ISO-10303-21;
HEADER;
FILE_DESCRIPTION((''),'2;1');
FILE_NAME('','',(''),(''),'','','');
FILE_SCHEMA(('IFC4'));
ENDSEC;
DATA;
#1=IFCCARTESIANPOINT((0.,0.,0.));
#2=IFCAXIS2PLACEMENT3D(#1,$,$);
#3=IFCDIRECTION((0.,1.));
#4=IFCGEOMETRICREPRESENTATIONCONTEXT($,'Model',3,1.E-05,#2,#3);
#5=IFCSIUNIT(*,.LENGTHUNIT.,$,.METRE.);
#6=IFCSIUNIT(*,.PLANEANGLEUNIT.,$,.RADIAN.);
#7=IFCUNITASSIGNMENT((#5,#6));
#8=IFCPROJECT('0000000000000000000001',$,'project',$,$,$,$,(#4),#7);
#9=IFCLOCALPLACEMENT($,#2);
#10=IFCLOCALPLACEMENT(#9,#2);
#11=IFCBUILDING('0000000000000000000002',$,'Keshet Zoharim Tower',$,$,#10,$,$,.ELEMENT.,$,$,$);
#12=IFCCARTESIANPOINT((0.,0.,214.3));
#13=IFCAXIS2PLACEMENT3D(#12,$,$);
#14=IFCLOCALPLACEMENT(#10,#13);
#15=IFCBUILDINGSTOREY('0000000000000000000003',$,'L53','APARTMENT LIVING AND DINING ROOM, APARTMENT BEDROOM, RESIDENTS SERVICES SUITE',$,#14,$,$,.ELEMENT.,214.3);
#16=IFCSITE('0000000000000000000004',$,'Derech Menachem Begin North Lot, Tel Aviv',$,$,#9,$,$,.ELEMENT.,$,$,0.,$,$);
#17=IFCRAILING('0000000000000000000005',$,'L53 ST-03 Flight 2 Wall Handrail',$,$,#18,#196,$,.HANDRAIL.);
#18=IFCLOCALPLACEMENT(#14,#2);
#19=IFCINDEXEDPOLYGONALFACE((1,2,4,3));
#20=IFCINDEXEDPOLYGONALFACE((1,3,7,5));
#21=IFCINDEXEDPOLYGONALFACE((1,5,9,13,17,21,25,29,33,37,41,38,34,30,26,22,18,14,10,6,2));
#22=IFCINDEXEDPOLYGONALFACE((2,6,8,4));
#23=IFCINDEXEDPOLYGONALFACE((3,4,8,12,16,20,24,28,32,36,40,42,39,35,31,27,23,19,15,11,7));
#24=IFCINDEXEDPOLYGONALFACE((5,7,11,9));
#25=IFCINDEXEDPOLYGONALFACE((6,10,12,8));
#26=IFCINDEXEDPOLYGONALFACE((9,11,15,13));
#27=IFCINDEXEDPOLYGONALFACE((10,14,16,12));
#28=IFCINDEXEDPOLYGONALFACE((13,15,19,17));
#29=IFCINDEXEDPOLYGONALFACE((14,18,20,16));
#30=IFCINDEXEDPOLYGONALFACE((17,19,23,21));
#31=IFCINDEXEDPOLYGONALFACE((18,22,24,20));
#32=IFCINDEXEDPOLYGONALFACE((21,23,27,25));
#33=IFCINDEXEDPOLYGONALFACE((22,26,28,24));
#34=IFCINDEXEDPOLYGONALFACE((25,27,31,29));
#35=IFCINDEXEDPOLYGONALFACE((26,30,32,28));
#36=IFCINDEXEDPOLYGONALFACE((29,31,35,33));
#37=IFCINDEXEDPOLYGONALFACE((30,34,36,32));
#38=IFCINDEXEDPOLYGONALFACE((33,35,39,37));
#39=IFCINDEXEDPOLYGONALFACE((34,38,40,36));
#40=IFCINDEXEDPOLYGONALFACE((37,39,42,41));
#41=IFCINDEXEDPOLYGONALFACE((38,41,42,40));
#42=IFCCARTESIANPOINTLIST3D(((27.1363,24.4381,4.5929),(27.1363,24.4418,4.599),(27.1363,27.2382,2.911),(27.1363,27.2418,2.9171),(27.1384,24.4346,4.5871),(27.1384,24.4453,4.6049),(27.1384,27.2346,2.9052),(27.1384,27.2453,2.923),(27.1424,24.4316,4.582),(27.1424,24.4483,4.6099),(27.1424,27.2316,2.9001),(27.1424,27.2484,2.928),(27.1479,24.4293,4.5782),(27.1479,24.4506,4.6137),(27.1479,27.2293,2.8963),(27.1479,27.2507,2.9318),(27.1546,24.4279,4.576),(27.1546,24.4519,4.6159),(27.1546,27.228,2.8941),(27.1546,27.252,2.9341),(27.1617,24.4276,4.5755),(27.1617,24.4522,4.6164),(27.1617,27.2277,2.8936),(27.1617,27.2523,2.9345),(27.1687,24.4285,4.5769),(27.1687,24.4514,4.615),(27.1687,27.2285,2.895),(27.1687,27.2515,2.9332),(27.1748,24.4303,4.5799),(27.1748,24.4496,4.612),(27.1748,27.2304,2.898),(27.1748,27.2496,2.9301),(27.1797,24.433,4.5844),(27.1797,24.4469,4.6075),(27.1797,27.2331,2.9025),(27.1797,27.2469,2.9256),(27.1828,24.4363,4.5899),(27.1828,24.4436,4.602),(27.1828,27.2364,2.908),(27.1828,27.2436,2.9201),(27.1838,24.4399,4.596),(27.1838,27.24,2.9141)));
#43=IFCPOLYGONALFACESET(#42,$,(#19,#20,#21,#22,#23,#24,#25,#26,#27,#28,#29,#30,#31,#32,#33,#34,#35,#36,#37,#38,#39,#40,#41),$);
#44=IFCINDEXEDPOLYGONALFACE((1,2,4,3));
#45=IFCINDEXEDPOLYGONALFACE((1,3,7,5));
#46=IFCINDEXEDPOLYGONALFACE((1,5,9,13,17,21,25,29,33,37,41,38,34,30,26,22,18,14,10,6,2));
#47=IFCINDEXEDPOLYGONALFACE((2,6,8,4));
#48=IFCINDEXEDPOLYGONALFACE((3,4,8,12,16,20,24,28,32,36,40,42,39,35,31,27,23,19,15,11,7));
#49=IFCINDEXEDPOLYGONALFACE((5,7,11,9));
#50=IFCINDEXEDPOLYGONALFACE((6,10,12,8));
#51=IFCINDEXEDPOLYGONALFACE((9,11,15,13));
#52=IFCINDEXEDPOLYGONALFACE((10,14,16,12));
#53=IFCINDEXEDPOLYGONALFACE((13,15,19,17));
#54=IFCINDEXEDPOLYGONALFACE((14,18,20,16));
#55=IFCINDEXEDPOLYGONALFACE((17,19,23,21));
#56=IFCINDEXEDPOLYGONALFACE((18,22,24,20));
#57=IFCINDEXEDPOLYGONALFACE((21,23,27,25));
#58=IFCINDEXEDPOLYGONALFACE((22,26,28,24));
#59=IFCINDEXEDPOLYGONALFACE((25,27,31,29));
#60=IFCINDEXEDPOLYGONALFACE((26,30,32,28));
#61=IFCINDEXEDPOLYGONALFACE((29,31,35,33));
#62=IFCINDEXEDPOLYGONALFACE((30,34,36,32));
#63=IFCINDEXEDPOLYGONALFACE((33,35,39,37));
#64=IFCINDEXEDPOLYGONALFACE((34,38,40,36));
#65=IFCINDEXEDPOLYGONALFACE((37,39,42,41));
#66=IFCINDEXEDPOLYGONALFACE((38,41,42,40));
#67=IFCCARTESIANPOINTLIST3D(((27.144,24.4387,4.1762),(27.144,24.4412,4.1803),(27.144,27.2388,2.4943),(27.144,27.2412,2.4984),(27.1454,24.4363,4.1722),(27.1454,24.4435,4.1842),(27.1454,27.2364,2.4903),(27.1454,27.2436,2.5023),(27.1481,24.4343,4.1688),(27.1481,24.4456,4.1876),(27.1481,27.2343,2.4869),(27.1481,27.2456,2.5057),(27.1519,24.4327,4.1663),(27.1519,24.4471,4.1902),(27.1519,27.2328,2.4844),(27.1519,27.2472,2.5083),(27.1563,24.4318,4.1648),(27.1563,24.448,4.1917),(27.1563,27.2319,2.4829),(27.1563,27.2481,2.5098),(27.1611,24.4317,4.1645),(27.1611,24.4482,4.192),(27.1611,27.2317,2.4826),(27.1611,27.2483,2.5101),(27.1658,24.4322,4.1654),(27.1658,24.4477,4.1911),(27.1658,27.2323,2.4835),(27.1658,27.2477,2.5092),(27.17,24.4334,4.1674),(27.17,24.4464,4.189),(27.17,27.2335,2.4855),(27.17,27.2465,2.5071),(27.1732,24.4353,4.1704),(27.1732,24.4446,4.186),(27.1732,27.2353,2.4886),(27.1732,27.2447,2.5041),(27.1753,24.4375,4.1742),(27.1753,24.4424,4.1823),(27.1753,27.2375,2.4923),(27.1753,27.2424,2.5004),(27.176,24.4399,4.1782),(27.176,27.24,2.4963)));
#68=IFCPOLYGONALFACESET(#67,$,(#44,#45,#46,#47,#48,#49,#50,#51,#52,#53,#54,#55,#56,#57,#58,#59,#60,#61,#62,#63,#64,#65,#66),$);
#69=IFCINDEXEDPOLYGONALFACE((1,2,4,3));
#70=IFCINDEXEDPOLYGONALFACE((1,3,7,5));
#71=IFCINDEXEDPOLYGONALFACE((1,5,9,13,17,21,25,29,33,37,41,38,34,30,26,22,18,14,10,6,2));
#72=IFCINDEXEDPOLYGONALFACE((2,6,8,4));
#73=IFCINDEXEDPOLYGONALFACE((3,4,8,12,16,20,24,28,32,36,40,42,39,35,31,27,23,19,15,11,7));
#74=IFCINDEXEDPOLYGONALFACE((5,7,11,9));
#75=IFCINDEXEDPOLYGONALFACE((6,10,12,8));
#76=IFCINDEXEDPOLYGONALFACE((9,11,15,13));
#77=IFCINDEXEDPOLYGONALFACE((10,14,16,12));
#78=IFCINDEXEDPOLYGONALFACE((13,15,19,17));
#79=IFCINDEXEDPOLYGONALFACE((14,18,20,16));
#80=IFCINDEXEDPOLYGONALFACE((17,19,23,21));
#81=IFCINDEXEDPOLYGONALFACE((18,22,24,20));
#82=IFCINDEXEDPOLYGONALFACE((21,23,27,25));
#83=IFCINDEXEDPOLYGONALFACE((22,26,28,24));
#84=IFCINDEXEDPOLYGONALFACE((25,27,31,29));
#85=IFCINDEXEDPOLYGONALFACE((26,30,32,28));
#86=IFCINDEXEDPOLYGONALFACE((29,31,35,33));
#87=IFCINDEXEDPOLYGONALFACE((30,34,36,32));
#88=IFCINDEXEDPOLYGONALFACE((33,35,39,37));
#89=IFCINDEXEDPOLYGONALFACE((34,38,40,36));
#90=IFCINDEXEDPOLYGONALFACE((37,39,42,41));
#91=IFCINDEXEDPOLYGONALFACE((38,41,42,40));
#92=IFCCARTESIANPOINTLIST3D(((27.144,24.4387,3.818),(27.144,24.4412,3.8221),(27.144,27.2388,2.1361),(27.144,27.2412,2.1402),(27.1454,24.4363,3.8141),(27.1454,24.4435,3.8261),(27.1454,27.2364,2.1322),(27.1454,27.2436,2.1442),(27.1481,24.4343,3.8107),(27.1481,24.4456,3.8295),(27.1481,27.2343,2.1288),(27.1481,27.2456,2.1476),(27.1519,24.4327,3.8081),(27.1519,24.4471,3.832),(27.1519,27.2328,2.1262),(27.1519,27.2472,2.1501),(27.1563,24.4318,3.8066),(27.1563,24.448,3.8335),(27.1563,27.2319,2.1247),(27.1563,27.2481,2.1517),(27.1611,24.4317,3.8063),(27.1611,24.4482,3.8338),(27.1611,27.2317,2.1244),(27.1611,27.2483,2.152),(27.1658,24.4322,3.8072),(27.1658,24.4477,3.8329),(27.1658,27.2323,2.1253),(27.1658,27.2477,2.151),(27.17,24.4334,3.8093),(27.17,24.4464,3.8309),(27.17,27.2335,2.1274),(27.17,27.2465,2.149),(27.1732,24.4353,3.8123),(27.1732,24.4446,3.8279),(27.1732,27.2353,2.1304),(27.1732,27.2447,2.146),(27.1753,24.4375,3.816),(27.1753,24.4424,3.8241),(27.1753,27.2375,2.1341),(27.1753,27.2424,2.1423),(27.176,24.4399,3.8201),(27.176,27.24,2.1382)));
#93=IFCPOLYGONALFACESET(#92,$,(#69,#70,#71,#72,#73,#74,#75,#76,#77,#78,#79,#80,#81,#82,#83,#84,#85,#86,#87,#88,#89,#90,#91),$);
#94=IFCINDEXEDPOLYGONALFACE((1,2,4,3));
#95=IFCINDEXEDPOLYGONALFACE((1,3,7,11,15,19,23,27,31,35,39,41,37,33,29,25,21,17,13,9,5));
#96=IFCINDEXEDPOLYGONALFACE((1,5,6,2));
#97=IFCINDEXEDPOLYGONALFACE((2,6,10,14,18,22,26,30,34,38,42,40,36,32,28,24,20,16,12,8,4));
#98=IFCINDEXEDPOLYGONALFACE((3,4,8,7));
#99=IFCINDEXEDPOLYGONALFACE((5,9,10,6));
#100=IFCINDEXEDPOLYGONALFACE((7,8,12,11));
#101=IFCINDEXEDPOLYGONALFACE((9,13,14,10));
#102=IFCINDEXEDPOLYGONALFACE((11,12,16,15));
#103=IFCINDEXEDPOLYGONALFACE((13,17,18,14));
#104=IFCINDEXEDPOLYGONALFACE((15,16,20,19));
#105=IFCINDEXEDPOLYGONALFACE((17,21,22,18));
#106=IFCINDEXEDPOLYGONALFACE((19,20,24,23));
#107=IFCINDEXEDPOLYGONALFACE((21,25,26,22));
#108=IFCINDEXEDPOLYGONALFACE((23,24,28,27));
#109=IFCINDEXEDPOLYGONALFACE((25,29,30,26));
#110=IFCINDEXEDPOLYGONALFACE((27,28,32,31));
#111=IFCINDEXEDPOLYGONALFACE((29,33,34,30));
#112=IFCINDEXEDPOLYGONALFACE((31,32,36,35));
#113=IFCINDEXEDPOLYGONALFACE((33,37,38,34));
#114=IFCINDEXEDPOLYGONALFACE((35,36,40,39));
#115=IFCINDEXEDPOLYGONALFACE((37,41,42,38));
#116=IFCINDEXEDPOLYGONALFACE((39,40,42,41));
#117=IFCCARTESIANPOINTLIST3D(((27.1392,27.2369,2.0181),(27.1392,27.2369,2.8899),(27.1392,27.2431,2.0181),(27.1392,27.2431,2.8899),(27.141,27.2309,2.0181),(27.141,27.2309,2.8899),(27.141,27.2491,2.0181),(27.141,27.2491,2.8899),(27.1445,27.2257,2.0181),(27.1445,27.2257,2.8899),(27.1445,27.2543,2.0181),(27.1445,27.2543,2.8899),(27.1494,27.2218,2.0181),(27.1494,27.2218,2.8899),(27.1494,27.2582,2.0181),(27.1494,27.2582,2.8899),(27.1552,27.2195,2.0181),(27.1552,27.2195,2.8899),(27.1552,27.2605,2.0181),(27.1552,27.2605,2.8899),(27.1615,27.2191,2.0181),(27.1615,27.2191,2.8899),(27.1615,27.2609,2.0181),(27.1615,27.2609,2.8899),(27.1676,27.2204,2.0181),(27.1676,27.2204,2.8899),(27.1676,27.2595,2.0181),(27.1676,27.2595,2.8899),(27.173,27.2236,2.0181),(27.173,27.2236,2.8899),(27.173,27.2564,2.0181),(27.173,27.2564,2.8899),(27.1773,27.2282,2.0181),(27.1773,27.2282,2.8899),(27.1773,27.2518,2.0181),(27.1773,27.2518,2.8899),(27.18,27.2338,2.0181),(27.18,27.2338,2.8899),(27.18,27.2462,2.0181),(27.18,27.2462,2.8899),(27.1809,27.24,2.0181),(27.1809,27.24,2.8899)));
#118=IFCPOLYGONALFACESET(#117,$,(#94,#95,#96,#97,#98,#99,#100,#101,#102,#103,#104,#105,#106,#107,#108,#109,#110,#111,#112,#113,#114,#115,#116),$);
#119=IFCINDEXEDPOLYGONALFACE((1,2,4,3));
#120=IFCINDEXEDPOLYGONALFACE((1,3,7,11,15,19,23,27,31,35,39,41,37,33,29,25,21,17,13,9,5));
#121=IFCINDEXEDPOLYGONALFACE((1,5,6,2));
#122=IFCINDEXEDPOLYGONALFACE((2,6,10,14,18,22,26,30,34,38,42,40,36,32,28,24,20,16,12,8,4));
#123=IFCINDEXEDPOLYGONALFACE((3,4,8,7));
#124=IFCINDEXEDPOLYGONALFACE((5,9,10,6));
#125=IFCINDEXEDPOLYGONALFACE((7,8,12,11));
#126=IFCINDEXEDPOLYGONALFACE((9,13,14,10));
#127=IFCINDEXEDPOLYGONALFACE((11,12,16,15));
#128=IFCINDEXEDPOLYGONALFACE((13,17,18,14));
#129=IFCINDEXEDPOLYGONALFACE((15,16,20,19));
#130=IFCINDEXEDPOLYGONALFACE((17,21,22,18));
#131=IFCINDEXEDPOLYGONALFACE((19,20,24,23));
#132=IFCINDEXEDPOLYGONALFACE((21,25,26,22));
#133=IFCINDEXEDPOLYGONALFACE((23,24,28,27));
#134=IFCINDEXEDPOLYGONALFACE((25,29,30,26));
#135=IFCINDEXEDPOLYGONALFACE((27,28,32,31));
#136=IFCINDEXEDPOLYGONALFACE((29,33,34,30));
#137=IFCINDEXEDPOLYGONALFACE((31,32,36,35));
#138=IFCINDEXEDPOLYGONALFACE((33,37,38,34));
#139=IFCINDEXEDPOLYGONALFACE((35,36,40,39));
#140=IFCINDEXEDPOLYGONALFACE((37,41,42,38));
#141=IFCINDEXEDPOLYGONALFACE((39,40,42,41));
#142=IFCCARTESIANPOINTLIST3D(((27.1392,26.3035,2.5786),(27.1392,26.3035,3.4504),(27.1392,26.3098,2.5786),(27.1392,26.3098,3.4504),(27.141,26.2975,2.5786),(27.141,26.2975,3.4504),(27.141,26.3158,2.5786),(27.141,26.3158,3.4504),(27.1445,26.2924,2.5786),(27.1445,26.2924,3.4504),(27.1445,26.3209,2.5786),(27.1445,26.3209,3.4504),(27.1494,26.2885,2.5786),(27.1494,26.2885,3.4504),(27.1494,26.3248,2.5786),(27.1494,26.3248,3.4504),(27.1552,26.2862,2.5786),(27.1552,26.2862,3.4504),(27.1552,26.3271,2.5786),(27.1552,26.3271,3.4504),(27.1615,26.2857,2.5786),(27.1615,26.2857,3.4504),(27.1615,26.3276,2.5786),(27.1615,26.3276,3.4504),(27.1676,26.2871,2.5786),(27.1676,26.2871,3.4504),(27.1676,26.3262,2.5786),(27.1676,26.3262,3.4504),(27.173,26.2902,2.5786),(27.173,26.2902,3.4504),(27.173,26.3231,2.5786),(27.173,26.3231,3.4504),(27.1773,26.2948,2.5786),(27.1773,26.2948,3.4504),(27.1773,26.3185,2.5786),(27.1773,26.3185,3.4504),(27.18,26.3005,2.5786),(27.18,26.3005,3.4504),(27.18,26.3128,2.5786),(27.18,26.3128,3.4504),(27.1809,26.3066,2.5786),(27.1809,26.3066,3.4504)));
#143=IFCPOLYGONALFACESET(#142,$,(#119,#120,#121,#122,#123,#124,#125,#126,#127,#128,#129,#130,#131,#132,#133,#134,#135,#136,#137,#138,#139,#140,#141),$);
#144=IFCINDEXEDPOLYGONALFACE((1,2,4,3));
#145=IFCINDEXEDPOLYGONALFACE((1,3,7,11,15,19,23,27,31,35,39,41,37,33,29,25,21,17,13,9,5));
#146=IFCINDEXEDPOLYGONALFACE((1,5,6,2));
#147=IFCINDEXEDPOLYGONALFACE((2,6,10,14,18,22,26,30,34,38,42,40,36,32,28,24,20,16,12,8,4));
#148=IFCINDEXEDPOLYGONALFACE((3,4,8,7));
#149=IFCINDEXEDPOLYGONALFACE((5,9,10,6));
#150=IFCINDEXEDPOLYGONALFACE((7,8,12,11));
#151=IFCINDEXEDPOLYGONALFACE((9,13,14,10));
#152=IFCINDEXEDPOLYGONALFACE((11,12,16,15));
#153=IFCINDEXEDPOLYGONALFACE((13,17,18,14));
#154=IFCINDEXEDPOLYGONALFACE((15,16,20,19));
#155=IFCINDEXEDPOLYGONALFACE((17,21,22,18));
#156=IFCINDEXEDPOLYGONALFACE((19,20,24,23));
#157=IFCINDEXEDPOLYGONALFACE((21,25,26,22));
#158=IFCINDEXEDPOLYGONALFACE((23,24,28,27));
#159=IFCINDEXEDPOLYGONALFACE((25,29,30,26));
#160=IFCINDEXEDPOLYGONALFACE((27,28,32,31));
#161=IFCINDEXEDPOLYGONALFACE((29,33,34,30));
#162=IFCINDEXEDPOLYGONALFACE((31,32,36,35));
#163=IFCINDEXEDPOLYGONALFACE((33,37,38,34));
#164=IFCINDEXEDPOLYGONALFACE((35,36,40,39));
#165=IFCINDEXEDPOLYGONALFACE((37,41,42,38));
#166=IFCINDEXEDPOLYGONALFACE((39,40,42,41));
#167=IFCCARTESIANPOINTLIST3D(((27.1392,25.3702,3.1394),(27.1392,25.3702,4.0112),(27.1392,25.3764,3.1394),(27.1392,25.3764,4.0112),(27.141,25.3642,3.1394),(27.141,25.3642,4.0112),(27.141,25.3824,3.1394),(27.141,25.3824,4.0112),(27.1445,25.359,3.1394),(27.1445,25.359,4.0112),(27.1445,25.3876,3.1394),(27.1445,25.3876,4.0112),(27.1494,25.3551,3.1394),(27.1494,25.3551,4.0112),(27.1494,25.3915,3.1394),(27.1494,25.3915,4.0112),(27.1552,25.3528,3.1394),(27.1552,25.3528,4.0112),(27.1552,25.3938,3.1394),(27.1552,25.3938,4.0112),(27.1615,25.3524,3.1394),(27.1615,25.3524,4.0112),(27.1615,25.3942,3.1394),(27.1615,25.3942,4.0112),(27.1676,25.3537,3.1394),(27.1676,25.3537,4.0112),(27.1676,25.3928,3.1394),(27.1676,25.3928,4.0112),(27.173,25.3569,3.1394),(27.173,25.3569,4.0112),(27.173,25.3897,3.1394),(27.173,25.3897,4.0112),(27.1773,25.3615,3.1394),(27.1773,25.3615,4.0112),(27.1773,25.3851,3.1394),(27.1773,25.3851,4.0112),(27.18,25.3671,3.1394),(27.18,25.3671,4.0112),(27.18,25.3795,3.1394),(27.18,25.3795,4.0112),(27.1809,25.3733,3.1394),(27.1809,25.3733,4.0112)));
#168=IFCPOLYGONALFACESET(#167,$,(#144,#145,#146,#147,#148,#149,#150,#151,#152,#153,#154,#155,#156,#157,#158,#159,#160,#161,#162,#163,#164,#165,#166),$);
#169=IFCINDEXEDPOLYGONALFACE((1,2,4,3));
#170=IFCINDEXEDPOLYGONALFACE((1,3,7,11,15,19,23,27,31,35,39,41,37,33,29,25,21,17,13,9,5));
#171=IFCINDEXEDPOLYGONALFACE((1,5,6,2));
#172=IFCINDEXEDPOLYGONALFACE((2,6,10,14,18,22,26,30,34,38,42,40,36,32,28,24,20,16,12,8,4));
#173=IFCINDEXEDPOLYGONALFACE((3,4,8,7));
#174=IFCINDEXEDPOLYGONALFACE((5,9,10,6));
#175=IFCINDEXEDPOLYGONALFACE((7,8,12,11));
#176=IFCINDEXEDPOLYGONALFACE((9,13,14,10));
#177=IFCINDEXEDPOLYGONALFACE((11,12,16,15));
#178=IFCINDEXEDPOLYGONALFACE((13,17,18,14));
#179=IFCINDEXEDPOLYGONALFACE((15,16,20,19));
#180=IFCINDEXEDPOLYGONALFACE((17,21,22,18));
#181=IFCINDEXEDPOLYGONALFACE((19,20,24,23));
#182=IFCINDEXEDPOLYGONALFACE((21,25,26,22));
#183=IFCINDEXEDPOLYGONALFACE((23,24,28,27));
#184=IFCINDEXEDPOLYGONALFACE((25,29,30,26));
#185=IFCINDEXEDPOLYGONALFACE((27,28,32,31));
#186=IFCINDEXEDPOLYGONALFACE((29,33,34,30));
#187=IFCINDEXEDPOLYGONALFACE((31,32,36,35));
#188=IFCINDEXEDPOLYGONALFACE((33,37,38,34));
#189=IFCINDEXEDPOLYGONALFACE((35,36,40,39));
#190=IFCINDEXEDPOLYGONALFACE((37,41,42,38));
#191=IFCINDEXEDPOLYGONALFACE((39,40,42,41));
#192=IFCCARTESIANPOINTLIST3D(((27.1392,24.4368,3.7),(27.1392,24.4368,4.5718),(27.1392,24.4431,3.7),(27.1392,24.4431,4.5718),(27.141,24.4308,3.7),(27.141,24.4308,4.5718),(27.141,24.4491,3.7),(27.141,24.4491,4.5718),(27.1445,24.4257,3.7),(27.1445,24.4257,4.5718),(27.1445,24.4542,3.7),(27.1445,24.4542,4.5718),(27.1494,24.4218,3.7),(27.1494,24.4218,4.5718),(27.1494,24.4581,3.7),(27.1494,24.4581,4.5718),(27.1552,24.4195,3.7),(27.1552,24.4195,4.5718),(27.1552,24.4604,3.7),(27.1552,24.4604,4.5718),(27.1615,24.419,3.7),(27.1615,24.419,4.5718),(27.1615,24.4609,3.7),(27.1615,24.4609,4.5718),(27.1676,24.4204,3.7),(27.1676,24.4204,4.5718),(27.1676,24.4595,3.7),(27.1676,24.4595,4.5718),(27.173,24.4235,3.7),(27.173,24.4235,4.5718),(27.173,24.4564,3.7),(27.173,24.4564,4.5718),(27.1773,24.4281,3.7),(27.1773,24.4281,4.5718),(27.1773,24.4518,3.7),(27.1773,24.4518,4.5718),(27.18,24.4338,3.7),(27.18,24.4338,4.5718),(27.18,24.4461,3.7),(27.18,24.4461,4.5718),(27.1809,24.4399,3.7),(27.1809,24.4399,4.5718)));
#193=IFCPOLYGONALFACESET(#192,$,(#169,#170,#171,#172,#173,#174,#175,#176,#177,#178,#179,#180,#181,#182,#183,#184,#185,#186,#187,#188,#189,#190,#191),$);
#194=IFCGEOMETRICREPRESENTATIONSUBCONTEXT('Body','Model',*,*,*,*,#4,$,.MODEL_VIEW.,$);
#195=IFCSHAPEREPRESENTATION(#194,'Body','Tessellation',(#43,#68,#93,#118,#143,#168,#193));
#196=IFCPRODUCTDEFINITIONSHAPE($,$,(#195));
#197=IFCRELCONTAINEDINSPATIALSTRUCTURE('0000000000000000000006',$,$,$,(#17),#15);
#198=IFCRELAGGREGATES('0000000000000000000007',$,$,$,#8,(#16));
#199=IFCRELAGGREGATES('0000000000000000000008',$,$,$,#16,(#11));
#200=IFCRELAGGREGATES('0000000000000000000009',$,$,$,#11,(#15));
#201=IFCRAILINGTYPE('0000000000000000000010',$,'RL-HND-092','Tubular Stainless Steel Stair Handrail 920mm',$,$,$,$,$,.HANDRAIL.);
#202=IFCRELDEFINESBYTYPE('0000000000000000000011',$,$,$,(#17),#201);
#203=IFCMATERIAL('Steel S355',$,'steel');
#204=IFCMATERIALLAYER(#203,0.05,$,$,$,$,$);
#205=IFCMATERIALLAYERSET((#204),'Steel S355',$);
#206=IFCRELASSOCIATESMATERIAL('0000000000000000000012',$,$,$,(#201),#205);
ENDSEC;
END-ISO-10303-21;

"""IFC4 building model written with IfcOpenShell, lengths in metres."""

from ifc_helpers import new_model, si_unit, direction, frame, origin, origin_2d, place, context, subcontext, project, spatial, circle, extrude, material, layer, layer_set, type_object, element, save


model = new_model("IFC4")

# Units and contexts
model_context = context("Model", 3, precision=1e-05, world=origin(), true_north=direction((0.0, 1.0)))
body_context = subcontext(model_context, "Body", "Model", "MODEL_VIEW")
ifc_project = project(units=[si_unit("LENGTHUNIT", "METRE"), si_unit("PLANEANGLEUNIT", "RADIAN")], contexts=[model_context])

# Site, building, storey
site_placement = place(None, origin())
site = spatial("IfcSite", under=ifc_project, at=site_placement, Name="Derech Menachem Begin North Lot, Tel Aviv", CompositionType="ELEMENT", RefElevation=0.0)
building_placement = place(site_placement, origin())
building = spatial("IfcBuilding", under=site, at=building_placement, Name="Keshet Zoharim Tower", CompositionType="ELEMENT")
storey_placement = place(building_placement, frame((0.0, 0.0, 214.3)))
storey = spatial("IfcBuildingStorey", under=building, at=storey_placement, Name="L53", Description="APARTMENT LIVING AND DINING ROOM, APARTMENT BEDROOM, RESIDENTS SERVICES SUITE", CompositionType="ELEMENT", Elevation=214.3)

# Shared definitions
ifc_material_1 = material(Name="Steel S355", Category="steel")

# Railing
ifc_layer_1 = layer(ifc_material_1, 0.05)
ifc_layer_set_1 = layer_set([ifc_layer_1], Name="Steel S355")
railing_type = type_object("IfcRailingType", Name="RL-HND-092", Description="Tubular Stainless Steel Stair Handrail 920mm", PredefinedType="HANDRAIL", material=ifc_layer_set_1)
railing_placement = place(storey_placement, frame((27.1599, 27.24, 2.0181)))
element("IfcRailing", 1, at=railing_placement, inside=storey, type_object=railing_type, Name="L53 ST-03 Flight 2 Wall Handrail", PredefinedType="HANDRAIL", context=body_context, shape_type="SweptSolid", body=[
    extrude(circle(Radius=0.0239, at=origin_2d()), frame((0.0, 0.0, 0.896), z_axis=(0.0, -0.857242, 0.514913), x_axis=(1.0, 0.0, 0.0)), (0.0, 0.0, 1.0), 3.2664),
    extrude(circle(Radius=0.0161, at=origin_2d()), frame((0.0, 0.0, 0.4783), z_axis=(0.0, -0.857242, 0.514913), x_axis=(1.0, 0.0, 0.0)), (0.0, 0.0, 1.0), 3.2664),
    extrude(circle(Radius=0.0161, at=origin_2d()), frame((0.0, 0.0, 0.1201), z_axis=(0.0, -0.857242, 0.514913), x_axis=(1.0, 0.0, 0.0)), (0.0, 0.0, 1.0), 3.2664),
    extrude(circle(Radius=0.021, at=origin_2d()), origin(), (0.0, 0.0, 1.0), 0.8718),
    extrude(circle(Radius=0.021, at=origin_2d()), frame((0.0, -0.9333, 0.5605)), (0.0, 0.0, 1.0), 0.8718),
    extrude(circle(Radius=0.021, at=origin_2d()), frame((0.0, -1.8667, 1.1213)), (0.0, 0.0, 1.0), 0.8718),
    extrude(circle(Radius=0.021, at=origin_2d()), frame((0.0, -2.8, 1.6819)), (0.0, 0.0, 1.0), 0.8718),
])

save(model, "model.ifc")
